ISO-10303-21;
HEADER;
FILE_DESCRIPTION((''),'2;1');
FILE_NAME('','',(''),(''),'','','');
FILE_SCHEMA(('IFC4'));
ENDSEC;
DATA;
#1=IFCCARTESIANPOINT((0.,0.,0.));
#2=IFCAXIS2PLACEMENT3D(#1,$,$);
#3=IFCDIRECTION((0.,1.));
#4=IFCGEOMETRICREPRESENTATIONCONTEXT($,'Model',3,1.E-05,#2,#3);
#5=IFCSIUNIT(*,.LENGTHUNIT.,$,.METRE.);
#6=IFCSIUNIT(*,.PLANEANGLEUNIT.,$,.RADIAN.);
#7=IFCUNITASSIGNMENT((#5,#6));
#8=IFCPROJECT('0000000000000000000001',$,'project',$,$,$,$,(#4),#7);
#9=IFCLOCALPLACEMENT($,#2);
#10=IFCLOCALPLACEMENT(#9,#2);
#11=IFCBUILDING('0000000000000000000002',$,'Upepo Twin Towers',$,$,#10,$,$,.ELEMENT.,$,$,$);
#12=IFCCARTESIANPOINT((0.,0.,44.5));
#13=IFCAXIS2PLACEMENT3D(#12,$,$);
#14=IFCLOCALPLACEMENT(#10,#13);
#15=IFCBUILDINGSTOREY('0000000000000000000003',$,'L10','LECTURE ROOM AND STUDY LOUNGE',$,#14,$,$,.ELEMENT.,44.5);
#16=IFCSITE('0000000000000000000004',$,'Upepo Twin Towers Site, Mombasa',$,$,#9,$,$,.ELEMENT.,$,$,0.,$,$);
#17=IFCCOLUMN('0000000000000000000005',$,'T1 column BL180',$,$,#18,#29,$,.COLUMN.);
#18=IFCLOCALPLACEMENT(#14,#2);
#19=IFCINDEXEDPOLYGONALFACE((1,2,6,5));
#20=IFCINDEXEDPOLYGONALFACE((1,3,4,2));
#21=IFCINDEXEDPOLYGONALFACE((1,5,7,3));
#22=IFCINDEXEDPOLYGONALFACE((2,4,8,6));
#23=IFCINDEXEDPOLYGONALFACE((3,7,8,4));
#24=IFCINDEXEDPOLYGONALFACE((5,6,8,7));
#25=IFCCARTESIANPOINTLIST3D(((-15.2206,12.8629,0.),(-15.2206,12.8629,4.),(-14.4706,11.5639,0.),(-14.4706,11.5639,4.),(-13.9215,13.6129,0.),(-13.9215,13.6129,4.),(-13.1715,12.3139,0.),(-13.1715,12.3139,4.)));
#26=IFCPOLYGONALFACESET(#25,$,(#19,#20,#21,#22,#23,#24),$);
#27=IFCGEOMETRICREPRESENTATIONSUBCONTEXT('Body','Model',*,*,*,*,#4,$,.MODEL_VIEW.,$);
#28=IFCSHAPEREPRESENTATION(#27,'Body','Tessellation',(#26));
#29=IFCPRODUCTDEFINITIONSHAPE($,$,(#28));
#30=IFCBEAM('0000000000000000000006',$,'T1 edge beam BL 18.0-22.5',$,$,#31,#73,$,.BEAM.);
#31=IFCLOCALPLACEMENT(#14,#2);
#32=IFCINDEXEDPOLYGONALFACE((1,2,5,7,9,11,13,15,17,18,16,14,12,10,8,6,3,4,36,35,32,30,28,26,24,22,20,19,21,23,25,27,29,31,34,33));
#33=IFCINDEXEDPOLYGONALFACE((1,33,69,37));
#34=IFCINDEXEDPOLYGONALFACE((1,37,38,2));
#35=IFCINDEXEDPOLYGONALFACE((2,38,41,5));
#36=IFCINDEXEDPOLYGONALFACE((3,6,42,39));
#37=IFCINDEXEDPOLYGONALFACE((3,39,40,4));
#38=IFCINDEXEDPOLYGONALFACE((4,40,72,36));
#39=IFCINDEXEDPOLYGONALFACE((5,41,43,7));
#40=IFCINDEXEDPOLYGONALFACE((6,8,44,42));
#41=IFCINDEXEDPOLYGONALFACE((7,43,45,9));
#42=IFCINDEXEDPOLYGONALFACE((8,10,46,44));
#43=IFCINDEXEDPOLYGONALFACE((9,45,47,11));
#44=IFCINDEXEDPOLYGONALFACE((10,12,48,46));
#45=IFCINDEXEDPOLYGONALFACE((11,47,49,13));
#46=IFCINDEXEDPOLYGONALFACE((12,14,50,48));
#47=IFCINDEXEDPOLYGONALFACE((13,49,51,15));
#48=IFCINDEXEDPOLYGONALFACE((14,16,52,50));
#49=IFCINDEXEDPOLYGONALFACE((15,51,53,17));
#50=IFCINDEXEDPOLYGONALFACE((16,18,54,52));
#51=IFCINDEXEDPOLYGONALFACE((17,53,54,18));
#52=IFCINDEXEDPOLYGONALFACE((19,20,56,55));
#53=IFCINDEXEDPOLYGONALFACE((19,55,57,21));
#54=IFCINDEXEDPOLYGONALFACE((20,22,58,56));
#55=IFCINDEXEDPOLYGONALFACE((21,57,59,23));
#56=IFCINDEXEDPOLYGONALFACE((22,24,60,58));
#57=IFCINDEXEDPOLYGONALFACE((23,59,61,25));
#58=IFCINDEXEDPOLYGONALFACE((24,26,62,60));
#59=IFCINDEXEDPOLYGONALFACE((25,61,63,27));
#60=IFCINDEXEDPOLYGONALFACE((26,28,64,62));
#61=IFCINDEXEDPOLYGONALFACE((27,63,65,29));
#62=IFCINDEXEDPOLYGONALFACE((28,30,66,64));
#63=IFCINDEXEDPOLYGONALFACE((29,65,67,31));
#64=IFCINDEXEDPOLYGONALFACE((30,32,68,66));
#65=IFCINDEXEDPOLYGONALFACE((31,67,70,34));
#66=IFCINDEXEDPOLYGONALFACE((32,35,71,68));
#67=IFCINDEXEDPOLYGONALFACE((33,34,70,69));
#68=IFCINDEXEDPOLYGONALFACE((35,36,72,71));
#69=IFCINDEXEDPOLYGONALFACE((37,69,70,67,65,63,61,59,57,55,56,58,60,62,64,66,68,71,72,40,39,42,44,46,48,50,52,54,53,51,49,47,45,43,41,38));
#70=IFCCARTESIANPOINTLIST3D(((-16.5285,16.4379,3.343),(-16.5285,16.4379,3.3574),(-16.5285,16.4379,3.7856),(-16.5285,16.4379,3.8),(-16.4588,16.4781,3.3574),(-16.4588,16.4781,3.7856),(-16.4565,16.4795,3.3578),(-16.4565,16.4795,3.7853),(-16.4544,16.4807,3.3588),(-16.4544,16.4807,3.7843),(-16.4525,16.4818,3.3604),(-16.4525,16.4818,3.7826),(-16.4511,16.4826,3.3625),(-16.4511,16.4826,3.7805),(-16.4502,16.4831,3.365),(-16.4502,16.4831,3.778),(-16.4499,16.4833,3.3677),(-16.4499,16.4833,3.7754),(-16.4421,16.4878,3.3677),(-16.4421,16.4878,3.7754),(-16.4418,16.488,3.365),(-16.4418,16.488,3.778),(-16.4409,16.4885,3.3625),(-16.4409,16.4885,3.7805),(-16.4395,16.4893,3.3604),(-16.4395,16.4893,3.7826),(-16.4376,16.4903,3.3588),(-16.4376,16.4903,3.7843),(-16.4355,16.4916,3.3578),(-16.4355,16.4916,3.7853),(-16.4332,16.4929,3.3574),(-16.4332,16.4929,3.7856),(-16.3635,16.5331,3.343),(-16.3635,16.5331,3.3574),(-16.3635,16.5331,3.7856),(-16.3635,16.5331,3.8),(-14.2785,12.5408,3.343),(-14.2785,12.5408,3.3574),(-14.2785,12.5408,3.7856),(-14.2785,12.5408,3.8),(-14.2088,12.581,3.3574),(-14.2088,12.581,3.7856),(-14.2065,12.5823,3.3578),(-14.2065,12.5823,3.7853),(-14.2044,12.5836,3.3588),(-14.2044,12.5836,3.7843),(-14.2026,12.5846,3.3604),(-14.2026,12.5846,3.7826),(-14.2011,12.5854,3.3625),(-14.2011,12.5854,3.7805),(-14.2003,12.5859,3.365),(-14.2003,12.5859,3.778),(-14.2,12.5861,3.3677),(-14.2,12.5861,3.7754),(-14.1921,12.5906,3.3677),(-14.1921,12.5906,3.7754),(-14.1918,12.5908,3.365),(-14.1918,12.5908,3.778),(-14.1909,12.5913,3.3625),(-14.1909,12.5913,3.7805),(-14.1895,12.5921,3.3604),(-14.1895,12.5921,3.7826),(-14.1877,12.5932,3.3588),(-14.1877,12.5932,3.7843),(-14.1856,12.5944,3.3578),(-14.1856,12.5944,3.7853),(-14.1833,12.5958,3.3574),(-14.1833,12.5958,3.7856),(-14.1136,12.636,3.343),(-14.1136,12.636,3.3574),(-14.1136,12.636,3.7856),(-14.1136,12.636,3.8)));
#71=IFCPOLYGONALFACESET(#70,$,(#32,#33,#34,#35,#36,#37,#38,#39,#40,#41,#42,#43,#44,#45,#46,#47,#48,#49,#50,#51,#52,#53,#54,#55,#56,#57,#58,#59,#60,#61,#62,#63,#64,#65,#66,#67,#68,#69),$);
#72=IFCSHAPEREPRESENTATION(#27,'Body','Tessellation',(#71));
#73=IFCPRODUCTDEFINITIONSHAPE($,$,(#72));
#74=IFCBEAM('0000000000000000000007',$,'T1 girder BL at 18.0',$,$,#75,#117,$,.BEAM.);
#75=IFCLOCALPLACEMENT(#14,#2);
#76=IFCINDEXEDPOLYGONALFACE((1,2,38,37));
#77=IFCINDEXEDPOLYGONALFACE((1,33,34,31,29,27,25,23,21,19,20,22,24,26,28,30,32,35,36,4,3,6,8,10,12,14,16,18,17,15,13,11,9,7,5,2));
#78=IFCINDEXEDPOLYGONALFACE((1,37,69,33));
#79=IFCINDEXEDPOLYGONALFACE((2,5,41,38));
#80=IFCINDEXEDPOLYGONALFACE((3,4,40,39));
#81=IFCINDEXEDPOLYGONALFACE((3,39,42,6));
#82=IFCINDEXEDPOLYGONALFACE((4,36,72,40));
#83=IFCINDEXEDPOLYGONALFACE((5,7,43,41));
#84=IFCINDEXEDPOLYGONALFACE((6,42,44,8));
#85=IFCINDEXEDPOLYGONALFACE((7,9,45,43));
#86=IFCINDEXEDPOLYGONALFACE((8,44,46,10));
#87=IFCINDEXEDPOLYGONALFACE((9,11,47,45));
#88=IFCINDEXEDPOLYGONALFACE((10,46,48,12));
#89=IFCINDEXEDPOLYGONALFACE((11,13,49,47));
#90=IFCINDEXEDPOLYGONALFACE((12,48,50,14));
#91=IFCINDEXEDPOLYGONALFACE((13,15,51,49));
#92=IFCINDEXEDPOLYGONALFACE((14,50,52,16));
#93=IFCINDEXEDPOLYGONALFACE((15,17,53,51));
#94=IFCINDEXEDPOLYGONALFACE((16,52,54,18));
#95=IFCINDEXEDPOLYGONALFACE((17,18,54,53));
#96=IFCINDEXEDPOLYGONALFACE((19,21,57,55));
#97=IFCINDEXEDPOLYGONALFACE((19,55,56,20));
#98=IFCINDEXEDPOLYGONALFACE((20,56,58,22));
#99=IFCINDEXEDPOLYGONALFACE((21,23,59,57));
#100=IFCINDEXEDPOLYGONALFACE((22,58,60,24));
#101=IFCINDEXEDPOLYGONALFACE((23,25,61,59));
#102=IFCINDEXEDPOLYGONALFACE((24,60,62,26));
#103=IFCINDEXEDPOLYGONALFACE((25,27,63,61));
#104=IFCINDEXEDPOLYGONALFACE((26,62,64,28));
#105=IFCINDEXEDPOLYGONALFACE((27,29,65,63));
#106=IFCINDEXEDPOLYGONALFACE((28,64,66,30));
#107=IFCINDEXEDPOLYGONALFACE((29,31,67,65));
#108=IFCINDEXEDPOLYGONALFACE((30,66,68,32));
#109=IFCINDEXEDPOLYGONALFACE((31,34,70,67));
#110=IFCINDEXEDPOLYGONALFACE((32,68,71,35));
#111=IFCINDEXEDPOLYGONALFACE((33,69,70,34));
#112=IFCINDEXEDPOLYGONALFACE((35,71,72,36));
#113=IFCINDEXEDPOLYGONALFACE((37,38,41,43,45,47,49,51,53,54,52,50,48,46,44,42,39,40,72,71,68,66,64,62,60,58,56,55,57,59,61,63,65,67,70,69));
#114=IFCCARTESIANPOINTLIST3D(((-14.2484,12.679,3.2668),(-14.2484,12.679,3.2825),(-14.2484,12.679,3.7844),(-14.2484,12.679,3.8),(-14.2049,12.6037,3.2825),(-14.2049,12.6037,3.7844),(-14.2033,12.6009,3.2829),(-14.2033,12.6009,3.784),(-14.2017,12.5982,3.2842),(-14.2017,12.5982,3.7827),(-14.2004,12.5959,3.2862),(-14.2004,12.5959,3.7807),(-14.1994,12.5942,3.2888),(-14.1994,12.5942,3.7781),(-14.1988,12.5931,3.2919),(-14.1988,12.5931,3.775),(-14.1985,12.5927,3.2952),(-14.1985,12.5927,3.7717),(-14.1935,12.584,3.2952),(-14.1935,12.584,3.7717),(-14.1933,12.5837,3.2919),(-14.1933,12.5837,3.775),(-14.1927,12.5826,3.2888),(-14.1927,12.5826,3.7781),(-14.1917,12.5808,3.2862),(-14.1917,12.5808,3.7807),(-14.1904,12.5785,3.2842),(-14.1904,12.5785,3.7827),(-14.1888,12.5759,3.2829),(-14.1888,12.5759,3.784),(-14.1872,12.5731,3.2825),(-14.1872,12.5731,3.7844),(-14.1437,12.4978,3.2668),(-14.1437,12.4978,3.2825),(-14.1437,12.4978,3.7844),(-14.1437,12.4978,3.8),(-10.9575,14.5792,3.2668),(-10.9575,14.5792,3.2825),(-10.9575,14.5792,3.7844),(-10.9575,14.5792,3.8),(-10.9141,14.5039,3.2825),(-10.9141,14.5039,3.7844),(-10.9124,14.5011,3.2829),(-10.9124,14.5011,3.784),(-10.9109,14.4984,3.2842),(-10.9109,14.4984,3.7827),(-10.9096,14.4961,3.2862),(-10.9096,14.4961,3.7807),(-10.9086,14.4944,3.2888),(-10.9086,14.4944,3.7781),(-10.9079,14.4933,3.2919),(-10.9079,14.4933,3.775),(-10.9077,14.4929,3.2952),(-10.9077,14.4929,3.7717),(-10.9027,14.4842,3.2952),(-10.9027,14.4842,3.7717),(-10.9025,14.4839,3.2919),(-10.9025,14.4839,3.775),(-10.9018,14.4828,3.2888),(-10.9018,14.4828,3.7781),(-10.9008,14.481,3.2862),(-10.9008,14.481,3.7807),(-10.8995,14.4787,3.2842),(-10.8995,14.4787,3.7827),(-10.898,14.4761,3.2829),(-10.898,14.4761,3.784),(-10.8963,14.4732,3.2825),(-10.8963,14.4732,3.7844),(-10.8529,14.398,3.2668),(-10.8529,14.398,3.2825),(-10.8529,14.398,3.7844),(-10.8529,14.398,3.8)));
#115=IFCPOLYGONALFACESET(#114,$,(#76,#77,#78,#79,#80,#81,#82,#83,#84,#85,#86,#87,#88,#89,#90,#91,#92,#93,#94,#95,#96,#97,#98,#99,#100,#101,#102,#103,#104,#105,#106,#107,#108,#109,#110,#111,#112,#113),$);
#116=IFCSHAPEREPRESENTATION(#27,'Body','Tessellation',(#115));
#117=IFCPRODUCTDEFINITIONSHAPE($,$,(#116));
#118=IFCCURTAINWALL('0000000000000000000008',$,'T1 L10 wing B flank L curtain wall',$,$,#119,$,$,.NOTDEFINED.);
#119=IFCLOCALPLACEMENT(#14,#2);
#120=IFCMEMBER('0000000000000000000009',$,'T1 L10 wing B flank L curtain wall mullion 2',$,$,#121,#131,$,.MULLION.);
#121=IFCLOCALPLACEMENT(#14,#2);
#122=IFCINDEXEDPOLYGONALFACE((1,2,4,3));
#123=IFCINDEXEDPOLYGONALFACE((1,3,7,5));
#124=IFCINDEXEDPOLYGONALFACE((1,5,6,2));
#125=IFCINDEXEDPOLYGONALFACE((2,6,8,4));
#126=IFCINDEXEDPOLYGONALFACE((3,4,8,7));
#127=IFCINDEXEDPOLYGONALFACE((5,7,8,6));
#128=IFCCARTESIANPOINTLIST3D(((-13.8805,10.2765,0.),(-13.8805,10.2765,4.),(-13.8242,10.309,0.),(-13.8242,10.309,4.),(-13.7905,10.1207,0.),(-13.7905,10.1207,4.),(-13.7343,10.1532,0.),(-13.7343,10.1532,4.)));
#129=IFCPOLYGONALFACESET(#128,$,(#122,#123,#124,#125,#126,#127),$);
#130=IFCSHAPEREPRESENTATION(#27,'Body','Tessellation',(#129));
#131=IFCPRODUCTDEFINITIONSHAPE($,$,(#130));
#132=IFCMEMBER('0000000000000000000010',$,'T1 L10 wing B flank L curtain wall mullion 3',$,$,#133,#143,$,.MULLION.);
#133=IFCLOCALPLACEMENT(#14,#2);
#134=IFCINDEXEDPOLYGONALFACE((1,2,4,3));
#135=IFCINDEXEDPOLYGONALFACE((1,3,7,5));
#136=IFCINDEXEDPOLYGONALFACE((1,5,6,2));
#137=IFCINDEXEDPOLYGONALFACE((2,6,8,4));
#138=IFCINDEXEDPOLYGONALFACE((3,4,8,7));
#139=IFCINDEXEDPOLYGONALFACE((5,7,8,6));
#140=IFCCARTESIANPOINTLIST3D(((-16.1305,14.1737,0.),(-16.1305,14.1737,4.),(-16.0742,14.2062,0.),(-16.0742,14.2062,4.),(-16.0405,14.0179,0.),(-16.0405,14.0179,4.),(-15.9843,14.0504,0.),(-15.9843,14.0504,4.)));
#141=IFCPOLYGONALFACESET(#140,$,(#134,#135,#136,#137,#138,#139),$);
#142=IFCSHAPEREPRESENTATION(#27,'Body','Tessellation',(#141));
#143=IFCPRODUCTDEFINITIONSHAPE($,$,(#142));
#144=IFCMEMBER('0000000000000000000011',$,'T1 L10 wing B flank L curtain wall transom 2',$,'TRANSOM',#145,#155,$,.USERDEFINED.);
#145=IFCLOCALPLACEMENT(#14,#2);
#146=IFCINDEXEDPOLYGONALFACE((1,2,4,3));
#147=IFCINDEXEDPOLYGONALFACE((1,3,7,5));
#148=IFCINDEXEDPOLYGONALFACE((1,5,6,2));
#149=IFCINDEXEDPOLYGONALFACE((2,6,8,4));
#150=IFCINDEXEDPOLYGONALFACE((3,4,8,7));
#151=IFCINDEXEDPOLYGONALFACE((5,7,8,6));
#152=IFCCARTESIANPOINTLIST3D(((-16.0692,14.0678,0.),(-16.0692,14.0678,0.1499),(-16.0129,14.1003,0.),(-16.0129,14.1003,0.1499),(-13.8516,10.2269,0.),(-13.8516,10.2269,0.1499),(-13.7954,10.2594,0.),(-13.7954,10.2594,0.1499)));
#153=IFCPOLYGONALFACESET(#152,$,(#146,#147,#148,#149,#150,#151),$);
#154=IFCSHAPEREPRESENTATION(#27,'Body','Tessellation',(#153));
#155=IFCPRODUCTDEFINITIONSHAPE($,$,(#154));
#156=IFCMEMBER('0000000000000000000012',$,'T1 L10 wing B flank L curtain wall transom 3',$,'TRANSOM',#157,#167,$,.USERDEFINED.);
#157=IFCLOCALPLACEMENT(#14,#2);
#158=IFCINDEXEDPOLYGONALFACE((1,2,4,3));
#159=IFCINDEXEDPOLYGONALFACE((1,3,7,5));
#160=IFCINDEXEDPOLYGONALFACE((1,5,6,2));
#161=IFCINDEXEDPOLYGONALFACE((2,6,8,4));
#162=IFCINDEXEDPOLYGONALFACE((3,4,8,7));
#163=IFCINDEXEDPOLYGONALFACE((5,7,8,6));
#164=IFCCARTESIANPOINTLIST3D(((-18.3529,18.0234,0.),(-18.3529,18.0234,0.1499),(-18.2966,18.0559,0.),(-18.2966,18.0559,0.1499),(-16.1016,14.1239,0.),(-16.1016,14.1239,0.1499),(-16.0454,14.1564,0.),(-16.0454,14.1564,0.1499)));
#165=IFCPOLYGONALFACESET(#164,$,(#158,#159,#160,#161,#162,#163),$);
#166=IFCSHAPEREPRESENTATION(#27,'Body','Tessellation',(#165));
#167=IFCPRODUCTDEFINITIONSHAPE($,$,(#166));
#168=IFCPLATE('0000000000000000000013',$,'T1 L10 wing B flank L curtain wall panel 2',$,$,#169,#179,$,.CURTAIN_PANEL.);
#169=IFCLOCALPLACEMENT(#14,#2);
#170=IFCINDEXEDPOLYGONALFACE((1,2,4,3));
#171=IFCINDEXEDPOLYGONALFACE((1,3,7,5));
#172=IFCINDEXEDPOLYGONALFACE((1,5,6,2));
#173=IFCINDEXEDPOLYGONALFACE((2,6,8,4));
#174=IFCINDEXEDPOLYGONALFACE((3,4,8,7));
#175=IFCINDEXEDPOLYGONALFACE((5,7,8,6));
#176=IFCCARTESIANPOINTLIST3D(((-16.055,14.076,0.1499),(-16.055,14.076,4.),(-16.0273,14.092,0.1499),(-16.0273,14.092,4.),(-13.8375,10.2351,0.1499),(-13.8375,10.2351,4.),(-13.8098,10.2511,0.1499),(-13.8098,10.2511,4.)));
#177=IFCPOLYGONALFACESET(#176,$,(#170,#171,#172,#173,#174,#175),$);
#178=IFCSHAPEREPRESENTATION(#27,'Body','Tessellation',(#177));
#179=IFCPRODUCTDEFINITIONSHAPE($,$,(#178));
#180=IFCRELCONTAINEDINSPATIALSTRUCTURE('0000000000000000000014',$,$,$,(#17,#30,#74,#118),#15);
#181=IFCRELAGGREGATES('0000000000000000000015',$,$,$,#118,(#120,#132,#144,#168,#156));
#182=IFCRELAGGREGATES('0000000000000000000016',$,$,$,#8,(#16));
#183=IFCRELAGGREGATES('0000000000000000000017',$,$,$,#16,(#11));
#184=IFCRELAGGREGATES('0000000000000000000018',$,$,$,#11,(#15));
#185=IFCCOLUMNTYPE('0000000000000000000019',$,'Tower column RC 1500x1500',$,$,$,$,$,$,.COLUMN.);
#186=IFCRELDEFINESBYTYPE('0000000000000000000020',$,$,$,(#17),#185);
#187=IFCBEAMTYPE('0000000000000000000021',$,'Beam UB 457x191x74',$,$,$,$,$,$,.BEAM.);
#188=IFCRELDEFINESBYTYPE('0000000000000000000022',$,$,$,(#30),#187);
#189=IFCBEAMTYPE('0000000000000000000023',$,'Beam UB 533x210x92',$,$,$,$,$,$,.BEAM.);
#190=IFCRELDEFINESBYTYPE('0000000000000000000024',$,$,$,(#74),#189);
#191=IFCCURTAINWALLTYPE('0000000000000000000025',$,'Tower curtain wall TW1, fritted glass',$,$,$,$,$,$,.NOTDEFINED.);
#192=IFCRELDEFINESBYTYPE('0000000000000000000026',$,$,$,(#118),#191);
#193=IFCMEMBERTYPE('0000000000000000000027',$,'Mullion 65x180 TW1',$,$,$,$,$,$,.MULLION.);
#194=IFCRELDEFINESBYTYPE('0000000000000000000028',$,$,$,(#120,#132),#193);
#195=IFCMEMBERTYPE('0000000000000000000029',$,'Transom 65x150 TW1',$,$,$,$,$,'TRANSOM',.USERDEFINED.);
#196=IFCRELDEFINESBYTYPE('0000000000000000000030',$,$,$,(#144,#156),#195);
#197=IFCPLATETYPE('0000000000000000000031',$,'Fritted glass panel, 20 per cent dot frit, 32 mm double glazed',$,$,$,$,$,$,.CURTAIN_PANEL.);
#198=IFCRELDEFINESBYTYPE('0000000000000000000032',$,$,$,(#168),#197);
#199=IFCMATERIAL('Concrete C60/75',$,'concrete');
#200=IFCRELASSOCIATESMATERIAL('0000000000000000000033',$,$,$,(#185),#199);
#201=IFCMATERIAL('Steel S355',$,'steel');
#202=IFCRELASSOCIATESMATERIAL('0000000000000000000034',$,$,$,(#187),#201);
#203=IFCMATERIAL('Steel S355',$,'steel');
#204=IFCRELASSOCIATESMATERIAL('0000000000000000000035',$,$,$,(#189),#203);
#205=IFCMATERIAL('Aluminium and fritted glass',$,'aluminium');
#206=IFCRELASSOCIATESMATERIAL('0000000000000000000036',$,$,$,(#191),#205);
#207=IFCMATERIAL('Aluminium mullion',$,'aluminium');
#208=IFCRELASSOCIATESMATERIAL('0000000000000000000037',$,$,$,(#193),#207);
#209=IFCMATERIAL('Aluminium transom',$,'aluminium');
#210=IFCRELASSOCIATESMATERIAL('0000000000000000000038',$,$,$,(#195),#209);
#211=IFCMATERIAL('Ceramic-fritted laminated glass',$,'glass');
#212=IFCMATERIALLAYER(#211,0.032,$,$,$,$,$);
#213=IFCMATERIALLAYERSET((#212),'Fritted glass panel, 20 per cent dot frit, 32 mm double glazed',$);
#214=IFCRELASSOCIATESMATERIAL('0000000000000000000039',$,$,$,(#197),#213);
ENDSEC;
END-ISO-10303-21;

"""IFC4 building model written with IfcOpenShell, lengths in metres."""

from ifc_helpers import new_model, si_unit, direction, frame, origin, origin_2d, place, context, subcontext, project, spatial, rectangle, i_section, extrude, material, layer, layer_set, material_profile, profile_set, type_object, element, aggregate, save


model = new_model("IFC4")

# Units and contexts
model_context = context("Model", 3, precision=1e-05, world=origin(), true_north=direction((0.0, 1.0)))
body_context = subcontext(model_context, "Body", "Model", "MODEL_VIEW")
ifc_project = project(units=[si_unit("LENGTHUNIT", "METRE"), si_unit("PLANEANGLEUNIT", "RADIAN")], contexts=[model_context])

# Site, building, storey
site_placement = place(None, origin())
site = spatial("IfcSite", under=ifc_project, at=site_placement, Name="Upepo Twin Towers Site, Mombasa", CompositionType="ELEMENT", RefElevation=0.0)
building_placement = place(site_placement, origin())
building = spatial("IfcBuilding", under=site, at=building_placement, Name="Upepo Twin Towers", CompositionType="ELEMENT")
storey_placement = place(building_placement, frame((0.0, 0.0, 44.5)))
storey = spatial("IfcBuildingStorey", under=building, at=storey_placement, Name="L10", Description="LECTURE ROOM AND STUDY LOUNGE", CompositionType="ELEMENT", Elevation=44.5)

# Column
ifc_material_1 = material(Name="Concrete C60/75", Category="concrete")
ifc_material_profile_1 = material_profile(ifc_material_1, rectangle(XDim=1.5, YDim=1.5, at=origin_2d()), Name="RC 1500x1500")
ifc_profile_set_1 = profile_set([ifc_material_profile_1], Name="Concrete C60/75")
column_type = type_object("IfcColumnType", Name="Tower column RC 1500x1500", PredefinedType="COLUMN", material=ifc_profile_set_1)
column_placement = place(storey_placement, frame((-14.196, 12.5884, 0.0), z_axis=(0.0, 0.0, 1.0), x_axis=(0.866025, 0.5, 0.0)))
element("IfcColumn", 1, at=column_placement, inside=storey, type_object=column_type, Name="T1 column BL180", PredefinedType="COLUMN", context=body_context, shape_type="SweptSolid", body=[
    extrude(rectangle(XDim=1.5, YDim=1.5, at=origin_2d()), origin(), (0.0, 0.0, 1.0), 4.0),
])

# Beams
ifc_material_2 = material(Name="Steel S355", Category="steel")
ifc_material_profile_2 = material_profile(ifc_material_2, i_section(OverallWidth=0.1904, OverallDepth=0.457, WebThickness=0.009, FlangeThickness=0.0144, FilletRadius=0.0103, at=origin_2d()), Name="UB 457x191x74")
ifc_profile_set_2 = profile_set([ifc_material_profile_2], Name="Steel S355")
beam_type_1 = type_object("IfcBeamType", Name="Beam UB 457x191x74", PredefinedType="BEAM", material=ifc_profile_set_2)
beam_1_placement = place(storey_placement, frame((-14.196, 12.5884, 3.5715), z_axis=(-0.49999, 0.866031, 0.0), x_axis=(-0.866031, -0.49999, 0.0)))
element("IfcBeam", 2, at=beam_1_placement, inside=storey, type_object=beam_type_1, Name="T1 edge beam BL 18.0-22.5", PredefinedType="BEAM", context=body_context, shape_type="SweptSolid", body=[
    extrude(i_section(OverallWidth=0.1904, OverallDepth=0.457, WebThickness=0.009, FlangeThickness=0.0144, FilletRadius=0.0103, at=origin_2d()), origin(), (0.0, 0.0, 1.0), 4.5),
])
ifc_material_3 = material(Name="Steel S355", Category="steel")
ifc_material_profile_3 = material_profile(ifc_material_3, i_section(OverallWidth=0.2092, OverallDepth=0.5332, WebThickness=0.01, FlangeThickness=0.0156, FilletRadius=0.0127, at=origin_2d()), Name="UB 533x210x92")
ifc_profile_set_3 = profile_set([ifc_material_profile_3], Name="Steel S355")
beam_type_2 = type_object("IfcBeamType", Name="Beam UB 533x210x92", PredefinedType="BEAM", material=ifc_profile_set_3)
beam_2_placement = place(storey_placement, frame((-14.196, 12.5884, 3.5334), z_axis=(0.866, 0.500043, 0.0), x_axis=(-0.500043, 0.866, 0.0)))
element("IfcBeam", 3, at=beam_2_placement, inside=storey, type_object=beam_type_2, Name="T1 girder BL at 18.0", PredefinedType="BEAM", context=body_context, shape_type="SweptSolid", body=[
    extrude(i_section(OverallWidth=0.2092, OverallDepth=0.5332, WebThickness=0.01, FlangeThickness=0.0156, FilletRadius=0.0127, at=origin_2d()), origin(), (0.0, 0.0, 1.0), 3.8),
])

# Curtain wall, members, plate
ifc_material_4 = material(Name="Aluminium and fritted glass", Category="aluminium")
curtain_wall_type = type_object("IfcCurtainWallType", Name="Tower curtain wall TW1, fritted glass", PredefinedType="NOTDEFINED", material=ifc_material_4)
curtain_wall_placement = place(storey_placement, origin())
curtain_wall = element("IfcCurtainWall", 4, at=curtain_wall_placement, inside=storey, type_object=curtain_wall_type, Name="T1 L10 wing B flank L curtain wall", PredefinedType="NOTDEFINED")
ifc_material_5 = material(Name="Aluminium mullion", Category="aluminium")
ifc_material_profile_4 = material_profile(ifc_material_5, rectangle(XDim=0.0649, YDim=0.1799, at=origin_2d()), Name="MULLION 65x180")
ifc_profile_set_4 = profile_set([ifc_material_profile_4], Name="Aluminium mullion")
member_type_1 = type_object("IfcMemberType", Name="Mullion 65x180 TW1", PredefinedType="MULLION", material=ifc_profile_set_4)
member_1_placement = place(storey_placement, frame((-13.8074, 10.2148, 0.0), z_axis=(0.0, 0.0, 1.0), x_axis=(-0.866025, -0.5, 0.0)))
member_1 = element("IfcMember", 5, at=member_1_placement, type_object=member_type_1, Name="T1 L10 wing B flank L curtain wall mullion 2", PredefinedType="MULLION", context=body_context, shape_type="SweptSolid", body=[
    extrude(rectangle(XDim=0.0649, YDim=0.1799, at=origin_2d()), origin(), (0.0, 0.0, 1.0), 4.0),
])
member_2_placement = place(storey_placement, frame((-16.0574, 14.1121, 0.0), z_axis=(0.0, 0.0, 1.0), x_axis=(-0.866025, -0.5, 0.0)))
member_2 = element("IfcMember", 6, at=member_2_placement, type_object=member_type_1, Name="T1 L10 wing B flank L curtain wall mullion 3", PredefinedType="MULLION", context=body_context, shape_type="SweptSolid", body=[
    extrude(rectangle(XDim=0.0649, YDim=0.1799, at=origin_2d()), origin(), (0.0, 0.0, 1.0), 4.0),
])
ifc_material_6 = material(Name="Aluminium transom", Category="aluminium")
ifc_material_profile_5 = material_profile(ifc_material_6, rectangle(XDim=0.0649, YDim=0.1499, at=origin_2d()), Name="TRANSOM 65x150")
ifc_profile_set_5 = profile_set([ifc_material_profile_5], Name="Aluminium transom")
member_type_2 = type_object("IfcMemberType", Name="Transom 65x150 TW1", ElementType="TRANSOM", PredefinedType="USERDEFINED", material=ifc_profile_set_5)
member_3_placement = place(storey_placement, frame((-13.8235, 10.2432, 0.075), z_axis=(-0.500005, 0.866022, 0.0), x_axis=(-0.866022, -0.500005, 0.0)))
member_3 = element("IfcMember", 7, at=member_3_placement, type_object=member_type_2, Name="T1 L10 wing B flank L curtain wall transom 2", ObjectType="TRANSOM", PredefinedType="USERDEFINED", context=body_context, shape_type="SweptSolid", body=[
    extrude(rectangle(XDim=0.0649, YDim=0.1499, at=origin_2d()), origin(), (0.0, 0.0, 1.0), 4.4351),
])
member_4_placement = place(storey_placement, frame((-16.0735, 14.1401, 0.075), z_axis=(-0.499982, 0.866036, 0.0), x_axis=(-0.866036, -0.499982, 0.0)))
member_4 = element("IfcMember", 8, at=member_4_placement, type_object=member_type_2, Name="T1 L10 wing B flank L curtain wall transom 3", ObjectType="TRANSOM", PredefinedType="USERDEFINED", context=body_context, shape_type="SweptSolid", body=[
    extrude(rectangle(XDim=0.0649, YDim=0.1499, at=origin_2d()), origin(), (0.0, 0.0, 1.0), 4.5027),
])
ifc_material_7 = material(Name="Ceramic-fritted laminated glass", Category="glass")
ifc_layer_1 = layer(ifc_material_7, 0.032)
ifc_layer_set_1 = layer_set([ifc_layer_1], Name="Fritted glass panel, 20 per cent dot frit, 32 mm double glazed")
plate_type = type_object("IfcPlateType", Name="Fritted glass panel, 20 per cent dot frit, 32 mm double glazed", PredefinedType="CURTAIN_PANEL", material=ifc_layer_set_1)
plate_1_placement = place(storey_placement, frame((-14.9324, 12.1636, 0.1499), z_axis=(0.0, 0.0, 1.0), x_axis=(-0.5, 0.866025, 0.0)))
plate_1 = element("IfcPlate", 9, at=plate_1_placement, type_object=plate_type, Name="T1 L10 wing B flank L curtain wall panel 2", PredefinedType="CURTAIN_PANEL", context=body_context, shape_type="SweptSolid", body=[
    extrude(rectangle(XDim=4.4351, YDim=0.032, at=origin_2d()), origin(), (0.0, 0.0, 1.0), 3.8501),
])
aggregate(curtain_wall, [member_1, member_2, member_3, plate_1, member_4])

save(model, "model.ifc")
